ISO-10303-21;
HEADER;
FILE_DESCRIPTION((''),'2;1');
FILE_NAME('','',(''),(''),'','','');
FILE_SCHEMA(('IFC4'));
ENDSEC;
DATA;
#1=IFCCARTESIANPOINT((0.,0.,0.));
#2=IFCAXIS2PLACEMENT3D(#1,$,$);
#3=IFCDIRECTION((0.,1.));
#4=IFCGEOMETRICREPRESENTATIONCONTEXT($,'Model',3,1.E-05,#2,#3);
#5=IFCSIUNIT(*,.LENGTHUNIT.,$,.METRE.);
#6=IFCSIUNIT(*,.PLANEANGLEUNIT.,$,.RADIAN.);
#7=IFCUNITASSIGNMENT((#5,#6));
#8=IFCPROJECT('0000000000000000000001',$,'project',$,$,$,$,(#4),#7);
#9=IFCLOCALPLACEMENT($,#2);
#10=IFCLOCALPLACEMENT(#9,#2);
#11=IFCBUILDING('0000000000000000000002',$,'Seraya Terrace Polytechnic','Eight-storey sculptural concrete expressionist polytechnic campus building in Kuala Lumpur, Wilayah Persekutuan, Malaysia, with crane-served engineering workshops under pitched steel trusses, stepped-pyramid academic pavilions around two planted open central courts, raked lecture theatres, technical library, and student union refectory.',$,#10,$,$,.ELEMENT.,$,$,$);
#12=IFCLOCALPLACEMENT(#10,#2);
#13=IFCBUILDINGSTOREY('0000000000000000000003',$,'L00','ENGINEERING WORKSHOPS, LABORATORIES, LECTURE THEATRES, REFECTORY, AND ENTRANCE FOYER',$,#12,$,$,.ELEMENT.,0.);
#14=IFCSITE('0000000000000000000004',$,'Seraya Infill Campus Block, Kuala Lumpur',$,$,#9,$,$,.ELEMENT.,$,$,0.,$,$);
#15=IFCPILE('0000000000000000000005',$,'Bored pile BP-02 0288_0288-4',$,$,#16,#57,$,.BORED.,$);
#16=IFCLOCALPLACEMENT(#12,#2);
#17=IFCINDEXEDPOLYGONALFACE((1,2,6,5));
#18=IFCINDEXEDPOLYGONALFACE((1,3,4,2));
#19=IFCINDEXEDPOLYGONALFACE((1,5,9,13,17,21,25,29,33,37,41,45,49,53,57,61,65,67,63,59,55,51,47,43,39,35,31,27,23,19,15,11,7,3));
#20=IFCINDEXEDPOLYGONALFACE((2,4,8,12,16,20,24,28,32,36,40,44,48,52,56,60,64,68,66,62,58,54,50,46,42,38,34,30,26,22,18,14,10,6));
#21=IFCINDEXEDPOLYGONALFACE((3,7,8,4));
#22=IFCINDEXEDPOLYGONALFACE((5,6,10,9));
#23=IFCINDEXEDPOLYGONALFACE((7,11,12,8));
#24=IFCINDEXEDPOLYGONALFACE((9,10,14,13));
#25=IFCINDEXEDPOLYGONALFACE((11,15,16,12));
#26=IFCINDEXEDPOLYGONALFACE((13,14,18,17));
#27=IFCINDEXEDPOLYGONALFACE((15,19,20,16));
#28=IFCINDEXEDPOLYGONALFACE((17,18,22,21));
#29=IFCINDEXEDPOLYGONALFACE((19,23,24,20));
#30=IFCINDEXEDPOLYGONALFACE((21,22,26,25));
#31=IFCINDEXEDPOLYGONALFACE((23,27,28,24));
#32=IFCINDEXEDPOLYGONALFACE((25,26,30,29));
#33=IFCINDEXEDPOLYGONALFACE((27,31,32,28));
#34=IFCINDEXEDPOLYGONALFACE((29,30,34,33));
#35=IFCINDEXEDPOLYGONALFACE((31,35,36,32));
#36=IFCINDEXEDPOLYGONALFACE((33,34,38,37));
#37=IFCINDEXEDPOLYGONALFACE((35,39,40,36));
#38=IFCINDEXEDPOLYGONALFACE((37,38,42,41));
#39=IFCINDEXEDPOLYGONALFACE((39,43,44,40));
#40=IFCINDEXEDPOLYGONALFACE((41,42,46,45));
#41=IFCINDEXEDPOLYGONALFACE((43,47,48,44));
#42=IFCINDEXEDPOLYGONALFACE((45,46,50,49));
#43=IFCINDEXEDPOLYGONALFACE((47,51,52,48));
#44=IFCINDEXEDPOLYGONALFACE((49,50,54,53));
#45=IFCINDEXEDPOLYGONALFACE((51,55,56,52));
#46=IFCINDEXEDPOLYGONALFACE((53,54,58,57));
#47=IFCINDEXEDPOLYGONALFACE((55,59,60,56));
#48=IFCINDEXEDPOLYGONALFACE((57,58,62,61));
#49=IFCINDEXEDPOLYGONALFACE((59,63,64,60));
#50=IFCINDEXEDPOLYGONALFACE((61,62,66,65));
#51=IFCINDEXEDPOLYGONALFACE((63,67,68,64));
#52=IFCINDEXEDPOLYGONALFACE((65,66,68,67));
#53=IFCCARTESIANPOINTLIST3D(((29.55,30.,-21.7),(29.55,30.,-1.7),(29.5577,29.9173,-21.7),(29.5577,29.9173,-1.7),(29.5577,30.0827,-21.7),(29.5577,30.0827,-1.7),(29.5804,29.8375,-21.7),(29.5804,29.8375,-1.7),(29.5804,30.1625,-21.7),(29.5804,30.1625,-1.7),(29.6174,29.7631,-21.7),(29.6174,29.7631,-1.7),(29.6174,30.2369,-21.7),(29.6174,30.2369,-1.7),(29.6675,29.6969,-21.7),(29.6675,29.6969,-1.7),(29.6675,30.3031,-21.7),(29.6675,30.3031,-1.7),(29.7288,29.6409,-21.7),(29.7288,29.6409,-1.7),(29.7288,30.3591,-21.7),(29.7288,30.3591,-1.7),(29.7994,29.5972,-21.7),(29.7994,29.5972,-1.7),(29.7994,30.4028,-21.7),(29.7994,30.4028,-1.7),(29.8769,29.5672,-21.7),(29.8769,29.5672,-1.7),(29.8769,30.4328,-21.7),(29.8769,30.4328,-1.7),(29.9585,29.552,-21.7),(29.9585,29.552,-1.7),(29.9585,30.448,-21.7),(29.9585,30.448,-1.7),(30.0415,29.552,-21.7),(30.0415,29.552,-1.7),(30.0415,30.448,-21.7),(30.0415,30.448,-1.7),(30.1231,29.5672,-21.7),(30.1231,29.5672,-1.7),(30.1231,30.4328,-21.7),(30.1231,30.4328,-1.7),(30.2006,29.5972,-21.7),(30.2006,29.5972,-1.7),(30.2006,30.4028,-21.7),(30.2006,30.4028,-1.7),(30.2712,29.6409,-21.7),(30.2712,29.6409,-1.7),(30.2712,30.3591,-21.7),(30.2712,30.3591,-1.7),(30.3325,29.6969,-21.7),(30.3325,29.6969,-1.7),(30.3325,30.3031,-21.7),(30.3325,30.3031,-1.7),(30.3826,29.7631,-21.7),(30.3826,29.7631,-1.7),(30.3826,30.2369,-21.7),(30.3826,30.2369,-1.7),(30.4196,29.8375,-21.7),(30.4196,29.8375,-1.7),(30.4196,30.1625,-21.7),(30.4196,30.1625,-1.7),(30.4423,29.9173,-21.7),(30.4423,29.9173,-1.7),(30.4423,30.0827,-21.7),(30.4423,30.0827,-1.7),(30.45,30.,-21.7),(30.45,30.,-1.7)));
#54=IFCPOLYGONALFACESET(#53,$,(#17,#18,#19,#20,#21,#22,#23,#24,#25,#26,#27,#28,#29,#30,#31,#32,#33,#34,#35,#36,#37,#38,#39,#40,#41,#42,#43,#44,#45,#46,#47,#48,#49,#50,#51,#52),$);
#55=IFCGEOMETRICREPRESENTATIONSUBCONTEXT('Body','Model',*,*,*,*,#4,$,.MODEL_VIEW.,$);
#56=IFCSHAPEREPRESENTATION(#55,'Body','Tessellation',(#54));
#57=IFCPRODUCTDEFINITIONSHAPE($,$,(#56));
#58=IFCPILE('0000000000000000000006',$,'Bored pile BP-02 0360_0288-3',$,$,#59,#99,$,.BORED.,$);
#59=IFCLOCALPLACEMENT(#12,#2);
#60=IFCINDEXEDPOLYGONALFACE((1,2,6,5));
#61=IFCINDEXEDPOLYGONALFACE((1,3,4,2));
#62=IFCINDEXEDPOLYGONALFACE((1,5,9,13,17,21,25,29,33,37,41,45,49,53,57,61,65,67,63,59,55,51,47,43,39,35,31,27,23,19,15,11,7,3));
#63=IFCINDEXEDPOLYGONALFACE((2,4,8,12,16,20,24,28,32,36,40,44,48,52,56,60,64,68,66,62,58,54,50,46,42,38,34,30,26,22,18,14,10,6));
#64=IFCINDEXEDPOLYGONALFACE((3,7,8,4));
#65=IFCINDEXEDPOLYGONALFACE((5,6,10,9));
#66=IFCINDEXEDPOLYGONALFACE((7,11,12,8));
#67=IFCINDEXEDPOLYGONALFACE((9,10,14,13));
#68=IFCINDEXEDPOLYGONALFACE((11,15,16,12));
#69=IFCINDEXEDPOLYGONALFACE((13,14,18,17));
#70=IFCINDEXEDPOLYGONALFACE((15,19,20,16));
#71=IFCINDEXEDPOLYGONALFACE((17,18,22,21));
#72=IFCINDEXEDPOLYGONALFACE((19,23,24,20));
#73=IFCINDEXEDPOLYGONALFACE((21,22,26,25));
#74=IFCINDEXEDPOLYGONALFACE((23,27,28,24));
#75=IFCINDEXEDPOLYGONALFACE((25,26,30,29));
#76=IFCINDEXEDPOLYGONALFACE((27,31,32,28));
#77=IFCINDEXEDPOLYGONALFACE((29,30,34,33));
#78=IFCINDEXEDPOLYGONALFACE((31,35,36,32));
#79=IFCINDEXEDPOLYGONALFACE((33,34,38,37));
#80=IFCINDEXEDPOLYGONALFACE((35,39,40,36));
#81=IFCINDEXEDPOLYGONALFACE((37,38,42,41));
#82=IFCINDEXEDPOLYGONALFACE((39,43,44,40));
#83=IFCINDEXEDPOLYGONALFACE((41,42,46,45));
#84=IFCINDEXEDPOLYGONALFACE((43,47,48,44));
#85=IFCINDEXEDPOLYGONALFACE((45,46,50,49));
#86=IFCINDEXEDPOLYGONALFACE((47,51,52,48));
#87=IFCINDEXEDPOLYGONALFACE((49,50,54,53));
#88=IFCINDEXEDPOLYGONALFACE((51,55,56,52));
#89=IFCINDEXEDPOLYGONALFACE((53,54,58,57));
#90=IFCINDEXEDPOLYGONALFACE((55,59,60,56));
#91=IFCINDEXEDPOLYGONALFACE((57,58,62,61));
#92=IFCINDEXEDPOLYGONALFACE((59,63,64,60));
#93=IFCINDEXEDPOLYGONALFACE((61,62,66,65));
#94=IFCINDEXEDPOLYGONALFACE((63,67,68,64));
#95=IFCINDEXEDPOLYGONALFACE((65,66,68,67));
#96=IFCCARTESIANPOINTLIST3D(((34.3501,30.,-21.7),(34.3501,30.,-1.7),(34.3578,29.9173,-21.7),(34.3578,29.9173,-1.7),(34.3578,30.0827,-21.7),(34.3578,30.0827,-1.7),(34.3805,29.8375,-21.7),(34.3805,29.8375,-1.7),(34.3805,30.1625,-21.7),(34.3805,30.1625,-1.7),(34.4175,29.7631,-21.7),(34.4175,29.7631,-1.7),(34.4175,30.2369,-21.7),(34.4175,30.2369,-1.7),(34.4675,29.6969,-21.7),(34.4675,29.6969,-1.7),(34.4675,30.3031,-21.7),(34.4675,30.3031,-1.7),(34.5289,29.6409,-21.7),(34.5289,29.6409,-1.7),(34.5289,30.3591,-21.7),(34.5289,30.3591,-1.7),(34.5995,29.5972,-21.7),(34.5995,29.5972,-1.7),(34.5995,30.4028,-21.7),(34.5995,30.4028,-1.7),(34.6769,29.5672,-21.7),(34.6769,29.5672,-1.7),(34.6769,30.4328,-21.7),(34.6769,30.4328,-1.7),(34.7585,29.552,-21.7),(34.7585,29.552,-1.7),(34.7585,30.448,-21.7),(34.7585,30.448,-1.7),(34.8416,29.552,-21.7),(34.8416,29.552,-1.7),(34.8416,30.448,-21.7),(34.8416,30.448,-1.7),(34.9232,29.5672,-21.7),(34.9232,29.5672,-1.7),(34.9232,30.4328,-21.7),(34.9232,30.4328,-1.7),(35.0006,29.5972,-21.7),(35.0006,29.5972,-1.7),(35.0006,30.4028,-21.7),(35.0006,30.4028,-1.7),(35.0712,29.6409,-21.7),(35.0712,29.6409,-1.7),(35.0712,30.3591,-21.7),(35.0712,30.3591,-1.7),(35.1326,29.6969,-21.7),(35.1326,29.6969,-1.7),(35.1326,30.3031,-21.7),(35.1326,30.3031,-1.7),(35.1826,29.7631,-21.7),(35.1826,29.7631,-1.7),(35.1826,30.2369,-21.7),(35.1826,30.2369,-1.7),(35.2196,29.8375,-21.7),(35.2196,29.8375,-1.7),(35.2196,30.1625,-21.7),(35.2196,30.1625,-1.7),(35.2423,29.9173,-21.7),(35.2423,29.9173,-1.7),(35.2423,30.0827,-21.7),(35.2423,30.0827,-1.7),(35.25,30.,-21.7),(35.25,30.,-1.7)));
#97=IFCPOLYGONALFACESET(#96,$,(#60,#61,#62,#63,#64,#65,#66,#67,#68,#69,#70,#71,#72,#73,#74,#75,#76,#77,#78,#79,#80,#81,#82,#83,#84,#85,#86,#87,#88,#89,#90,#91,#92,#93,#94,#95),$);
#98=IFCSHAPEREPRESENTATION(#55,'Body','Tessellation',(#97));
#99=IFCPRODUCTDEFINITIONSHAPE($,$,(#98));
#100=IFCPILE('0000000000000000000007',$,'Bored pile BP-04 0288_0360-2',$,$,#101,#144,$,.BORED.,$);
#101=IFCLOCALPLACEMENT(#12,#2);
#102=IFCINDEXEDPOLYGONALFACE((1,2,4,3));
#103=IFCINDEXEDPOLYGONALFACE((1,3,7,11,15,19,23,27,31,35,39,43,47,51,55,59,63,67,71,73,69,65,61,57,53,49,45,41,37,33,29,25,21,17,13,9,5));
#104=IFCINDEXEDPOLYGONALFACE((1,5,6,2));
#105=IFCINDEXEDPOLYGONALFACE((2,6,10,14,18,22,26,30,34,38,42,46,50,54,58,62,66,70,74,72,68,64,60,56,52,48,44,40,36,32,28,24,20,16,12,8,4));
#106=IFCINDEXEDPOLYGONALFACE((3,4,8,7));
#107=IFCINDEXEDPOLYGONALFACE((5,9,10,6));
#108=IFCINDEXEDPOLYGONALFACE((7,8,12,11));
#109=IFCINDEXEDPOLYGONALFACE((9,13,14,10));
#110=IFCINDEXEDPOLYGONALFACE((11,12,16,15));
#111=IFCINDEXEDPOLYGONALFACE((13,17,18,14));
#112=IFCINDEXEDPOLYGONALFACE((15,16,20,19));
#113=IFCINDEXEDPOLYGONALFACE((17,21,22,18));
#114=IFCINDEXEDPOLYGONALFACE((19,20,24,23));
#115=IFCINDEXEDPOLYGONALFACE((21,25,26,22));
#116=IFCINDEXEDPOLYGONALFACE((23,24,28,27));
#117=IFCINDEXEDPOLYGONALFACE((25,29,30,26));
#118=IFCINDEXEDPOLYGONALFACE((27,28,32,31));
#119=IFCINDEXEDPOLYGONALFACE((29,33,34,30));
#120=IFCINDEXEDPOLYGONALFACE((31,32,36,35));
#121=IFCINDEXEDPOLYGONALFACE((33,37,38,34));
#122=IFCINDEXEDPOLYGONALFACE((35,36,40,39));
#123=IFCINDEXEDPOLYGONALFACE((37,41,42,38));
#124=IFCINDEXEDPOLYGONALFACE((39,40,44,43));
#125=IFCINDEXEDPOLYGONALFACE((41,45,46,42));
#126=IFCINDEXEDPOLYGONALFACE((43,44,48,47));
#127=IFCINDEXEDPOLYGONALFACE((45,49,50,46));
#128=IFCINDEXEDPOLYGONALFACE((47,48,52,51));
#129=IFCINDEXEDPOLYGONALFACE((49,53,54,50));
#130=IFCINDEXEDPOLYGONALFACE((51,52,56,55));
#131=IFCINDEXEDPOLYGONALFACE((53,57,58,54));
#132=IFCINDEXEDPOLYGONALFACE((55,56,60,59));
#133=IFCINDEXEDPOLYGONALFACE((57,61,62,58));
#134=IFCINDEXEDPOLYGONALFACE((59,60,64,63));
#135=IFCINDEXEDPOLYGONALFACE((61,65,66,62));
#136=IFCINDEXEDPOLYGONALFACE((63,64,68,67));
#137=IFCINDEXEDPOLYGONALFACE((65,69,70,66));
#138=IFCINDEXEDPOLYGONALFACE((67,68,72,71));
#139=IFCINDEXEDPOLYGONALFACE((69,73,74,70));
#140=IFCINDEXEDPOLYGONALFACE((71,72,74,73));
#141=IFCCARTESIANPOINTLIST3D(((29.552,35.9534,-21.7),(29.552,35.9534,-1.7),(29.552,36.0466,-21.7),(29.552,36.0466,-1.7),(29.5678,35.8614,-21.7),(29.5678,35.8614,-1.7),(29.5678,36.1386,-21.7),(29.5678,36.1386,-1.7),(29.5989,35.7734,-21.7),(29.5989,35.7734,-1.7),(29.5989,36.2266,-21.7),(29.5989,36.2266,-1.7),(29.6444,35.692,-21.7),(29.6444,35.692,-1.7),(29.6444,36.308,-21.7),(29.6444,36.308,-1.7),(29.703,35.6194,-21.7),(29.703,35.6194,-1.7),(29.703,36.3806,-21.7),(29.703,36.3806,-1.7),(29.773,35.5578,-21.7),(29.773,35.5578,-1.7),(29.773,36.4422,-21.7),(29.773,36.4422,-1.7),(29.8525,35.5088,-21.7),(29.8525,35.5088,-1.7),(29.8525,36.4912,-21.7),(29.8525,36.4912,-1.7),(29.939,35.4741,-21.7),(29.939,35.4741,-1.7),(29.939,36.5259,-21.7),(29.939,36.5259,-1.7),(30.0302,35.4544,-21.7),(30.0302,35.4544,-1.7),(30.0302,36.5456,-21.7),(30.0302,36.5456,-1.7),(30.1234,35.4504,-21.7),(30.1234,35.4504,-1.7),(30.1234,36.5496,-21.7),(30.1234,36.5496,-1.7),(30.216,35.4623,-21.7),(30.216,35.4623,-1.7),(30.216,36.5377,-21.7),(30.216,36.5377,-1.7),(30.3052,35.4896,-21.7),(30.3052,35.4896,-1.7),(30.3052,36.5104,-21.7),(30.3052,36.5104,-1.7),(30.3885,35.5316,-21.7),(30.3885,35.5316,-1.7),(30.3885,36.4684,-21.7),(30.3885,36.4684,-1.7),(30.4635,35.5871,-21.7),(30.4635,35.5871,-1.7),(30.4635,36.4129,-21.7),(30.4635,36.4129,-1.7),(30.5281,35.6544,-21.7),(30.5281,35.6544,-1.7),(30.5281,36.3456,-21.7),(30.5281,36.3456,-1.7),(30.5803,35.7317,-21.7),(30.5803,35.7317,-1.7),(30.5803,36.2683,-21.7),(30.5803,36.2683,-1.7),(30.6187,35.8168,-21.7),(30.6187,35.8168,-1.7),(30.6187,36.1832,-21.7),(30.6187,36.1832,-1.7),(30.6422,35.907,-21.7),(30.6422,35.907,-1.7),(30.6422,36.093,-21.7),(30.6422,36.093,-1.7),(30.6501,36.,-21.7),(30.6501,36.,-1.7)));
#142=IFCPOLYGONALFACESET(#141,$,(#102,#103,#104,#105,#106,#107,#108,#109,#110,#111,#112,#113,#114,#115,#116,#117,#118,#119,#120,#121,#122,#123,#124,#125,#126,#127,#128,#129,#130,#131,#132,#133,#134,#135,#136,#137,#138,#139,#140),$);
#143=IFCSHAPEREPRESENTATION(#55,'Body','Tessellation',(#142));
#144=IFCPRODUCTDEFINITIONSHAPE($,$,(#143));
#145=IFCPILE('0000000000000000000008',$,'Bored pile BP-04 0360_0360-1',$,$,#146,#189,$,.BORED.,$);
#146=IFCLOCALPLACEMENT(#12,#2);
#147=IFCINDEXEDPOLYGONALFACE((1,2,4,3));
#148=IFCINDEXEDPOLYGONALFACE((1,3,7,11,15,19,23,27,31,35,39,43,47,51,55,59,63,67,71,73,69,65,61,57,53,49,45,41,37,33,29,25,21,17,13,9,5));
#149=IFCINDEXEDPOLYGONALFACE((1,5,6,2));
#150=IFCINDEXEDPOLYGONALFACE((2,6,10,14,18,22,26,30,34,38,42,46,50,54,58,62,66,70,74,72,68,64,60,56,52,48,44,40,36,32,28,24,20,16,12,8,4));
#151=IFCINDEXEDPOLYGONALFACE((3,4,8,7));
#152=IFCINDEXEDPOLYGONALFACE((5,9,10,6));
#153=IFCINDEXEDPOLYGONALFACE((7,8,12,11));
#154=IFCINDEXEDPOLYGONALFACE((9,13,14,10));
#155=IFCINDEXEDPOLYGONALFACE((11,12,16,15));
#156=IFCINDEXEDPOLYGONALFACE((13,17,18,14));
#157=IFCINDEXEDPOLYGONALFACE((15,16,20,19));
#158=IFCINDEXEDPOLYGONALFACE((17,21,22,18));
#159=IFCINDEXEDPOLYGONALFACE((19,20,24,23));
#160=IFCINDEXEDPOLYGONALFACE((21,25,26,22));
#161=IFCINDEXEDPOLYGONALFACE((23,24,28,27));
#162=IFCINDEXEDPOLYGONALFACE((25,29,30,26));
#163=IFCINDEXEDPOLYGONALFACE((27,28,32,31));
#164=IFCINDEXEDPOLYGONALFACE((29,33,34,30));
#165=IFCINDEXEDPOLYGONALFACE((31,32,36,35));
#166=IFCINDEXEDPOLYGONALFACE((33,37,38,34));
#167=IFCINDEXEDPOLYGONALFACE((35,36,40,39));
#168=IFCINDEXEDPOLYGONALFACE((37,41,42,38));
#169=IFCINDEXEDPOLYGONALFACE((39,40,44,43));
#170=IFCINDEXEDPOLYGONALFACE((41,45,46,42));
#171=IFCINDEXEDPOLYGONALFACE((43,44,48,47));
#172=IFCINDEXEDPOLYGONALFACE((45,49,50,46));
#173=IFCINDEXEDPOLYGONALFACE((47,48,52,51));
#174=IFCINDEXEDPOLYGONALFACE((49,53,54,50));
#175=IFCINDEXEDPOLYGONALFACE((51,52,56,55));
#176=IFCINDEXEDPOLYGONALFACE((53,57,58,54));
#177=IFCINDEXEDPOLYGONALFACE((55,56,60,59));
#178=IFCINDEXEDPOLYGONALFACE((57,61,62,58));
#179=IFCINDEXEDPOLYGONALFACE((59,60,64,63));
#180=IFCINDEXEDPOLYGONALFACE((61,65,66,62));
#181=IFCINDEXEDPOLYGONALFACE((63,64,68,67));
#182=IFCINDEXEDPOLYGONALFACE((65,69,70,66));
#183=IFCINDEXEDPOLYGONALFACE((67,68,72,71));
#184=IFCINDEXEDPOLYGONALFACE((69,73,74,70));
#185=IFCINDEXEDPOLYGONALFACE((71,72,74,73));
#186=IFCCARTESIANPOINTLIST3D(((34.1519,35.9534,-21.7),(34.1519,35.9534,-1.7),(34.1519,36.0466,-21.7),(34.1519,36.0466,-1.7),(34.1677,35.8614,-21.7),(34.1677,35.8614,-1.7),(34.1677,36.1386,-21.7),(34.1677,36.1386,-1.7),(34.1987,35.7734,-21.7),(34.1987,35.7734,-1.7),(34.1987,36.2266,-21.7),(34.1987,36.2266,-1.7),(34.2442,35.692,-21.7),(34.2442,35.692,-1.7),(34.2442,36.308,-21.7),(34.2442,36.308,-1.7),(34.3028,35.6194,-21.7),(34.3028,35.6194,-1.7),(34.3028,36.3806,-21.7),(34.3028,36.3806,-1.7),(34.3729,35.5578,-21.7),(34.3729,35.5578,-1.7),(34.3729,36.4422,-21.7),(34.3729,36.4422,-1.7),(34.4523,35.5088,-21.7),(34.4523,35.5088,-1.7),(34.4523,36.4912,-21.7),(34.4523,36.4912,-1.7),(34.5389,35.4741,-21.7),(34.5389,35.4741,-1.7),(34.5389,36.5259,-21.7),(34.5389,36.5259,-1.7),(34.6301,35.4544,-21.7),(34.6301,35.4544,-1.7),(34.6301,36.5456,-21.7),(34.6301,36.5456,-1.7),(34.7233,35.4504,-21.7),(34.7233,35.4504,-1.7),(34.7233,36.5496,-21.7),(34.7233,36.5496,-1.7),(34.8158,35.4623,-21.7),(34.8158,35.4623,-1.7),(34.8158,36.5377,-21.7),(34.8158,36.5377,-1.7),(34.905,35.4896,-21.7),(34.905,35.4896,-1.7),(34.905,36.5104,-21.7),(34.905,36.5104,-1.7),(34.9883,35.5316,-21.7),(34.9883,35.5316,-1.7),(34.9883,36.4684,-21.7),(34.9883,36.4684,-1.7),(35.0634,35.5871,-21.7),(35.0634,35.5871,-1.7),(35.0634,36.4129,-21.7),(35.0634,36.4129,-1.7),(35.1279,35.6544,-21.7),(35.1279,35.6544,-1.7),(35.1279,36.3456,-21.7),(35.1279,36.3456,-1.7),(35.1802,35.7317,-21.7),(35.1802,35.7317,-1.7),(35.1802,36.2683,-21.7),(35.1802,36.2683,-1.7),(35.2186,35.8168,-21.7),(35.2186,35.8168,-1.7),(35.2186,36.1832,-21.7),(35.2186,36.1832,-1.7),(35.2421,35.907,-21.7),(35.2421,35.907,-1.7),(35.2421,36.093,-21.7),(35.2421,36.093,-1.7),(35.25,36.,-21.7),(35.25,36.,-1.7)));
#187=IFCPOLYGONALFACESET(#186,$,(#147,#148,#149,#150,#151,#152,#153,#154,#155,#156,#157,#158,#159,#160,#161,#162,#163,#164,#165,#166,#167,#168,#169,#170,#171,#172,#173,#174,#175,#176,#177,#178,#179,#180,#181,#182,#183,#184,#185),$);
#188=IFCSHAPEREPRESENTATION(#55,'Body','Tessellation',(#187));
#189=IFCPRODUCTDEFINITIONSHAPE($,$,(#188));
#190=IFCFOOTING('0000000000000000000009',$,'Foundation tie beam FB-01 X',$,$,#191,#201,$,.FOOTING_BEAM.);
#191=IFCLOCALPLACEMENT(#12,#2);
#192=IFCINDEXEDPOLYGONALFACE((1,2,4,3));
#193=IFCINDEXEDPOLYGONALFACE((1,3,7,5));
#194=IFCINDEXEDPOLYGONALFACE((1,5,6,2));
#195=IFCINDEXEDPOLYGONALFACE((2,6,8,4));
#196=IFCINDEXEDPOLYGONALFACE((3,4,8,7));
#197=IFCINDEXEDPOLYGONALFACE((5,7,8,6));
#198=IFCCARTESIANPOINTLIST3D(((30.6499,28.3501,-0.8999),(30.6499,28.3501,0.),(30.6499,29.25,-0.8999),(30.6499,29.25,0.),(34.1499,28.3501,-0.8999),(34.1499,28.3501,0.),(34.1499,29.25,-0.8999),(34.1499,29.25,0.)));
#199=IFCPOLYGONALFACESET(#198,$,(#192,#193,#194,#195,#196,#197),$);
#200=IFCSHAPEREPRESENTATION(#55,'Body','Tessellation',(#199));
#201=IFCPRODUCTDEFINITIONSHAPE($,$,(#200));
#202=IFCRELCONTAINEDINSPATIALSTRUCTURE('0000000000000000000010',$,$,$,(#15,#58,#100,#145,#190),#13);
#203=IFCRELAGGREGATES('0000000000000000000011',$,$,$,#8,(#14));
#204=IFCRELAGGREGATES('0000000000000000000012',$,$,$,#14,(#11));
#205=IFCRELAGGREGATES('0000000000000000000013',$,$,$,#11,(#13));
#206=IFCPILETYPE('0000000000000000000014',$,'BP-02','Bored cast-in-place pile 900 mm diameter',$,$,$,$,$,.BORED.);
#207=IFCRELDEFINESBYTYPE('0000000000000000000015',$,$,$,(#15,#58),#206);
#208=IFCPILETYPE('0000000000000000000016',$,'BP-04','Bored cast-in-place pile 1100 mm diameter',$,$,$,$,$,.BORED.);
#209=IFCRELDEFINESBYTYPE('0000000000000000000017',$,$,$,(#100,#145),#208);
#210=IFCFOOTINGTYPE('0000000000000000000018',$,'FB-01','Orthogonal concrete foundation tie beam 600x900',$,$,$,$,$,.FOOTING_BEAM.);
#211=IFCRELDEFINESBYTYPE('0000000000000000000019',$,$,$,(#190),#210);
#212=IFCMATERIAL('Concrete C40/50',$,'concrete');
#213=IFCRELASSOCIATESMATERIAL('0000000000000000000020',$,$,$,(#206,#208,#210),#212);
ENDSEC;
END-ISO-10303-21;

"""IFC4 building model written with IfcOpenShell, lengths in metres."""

from ifc_helpers import new_model, si_unit, direction, frame, origin, origin_2d, place, context, subcontext, project, spatial, rectangle, circle, extrude, material, material_profile, profile_set, type_object, element, save


model = new_model("IFC4")

# Units and contexts
model_context = context("Model", 3, precision=1e-05, world=origin(), true_north=direction((0.0, 1.0)))
body_context = subcontext(model_context, "Body", "Model", "MODEL_VIEW")
ifc_project = project(units=[si_unit("LENGTHUNIT", "METRE"), si_unit("PLANEANGLEUNIT", "RADIAN")], contexts=[model_context])

# Site, building, storey
site_placement = place(None, origin())
site = spatial("IfcSite", under=ifc_project, at=site_placement, Name="Seraya Infill Campus Block, Kuala Lumpur", CompositionType="ELEMENT", RefElevation=0.0)
building_placement = place(site_placement, origin())
building = spatial("IfcBuilding", under=site, at=building_placement, Name="Seraya Terrace Polytechnic", Description="Eight-storey sculptural concrete expressionist polytechnic campus building in Kuala Lumpur, Wilayah Persekutuan, Malaysia, with crane-served engineering workshops under pitched steel trusses, stepped-pyramid academic pavilions around two planted open central courts, raked lecture theatres, technical library, and student union refectory.", CompositionType="ELEMENT")
storey_placement = place(building_placement, origin())
storey = spatial("IfcBuildingStorey", under=building, at=storey_placement, Name="L00", Description="ENGINEERING WORKSHOPS, LABORATORIES, LECTURE THEATRES, REFECTORY, AND ENTRANCE FOYER", CompositionType="ELEMENT", Elevation=0.0)

# Piles
ifc_material_1 = material(Name="Concrete C40/50", Category="concrete")
ifc_material_profile_1 = material_profile(ifc_material_1, circle(Radius=0.45, at=origin_2d()), Name="DIA 900")
ifc_profile_set_1 = profile_set([ifc_material_profile_1], Name="Concrete C40/50")
pile_type_1 = type_object("IfcPileType", Name="BP-02", Description="Bored cast-in-place pile 900 mm diameter", PredefinedType="BORED", material=ifc_profile_set_1)
for number, where, z_axis, x_axis, name in (
    (1, (30.0, 30.0, -1.7), (0.0, 0.0, -1.0), (1.0, 0.0, 0.0), "Bored pile BP-02 0288_0288-4"),
    (2, (34.8, 30.0, -1.7), (0.0, 0.0, -1.0), (1.0, 0.0, 0.0), "Bored pile BP-02 0360_0288-3"),
):
    element("IfcPile", number, at=place(storey_placement, frame(where, z_axis=z_axis, x_axis=x_axis)), inside=storey, type_object=pile_type_1, Name=name, PredefinedType="BORED", context=body_context, shape_type="SweptSolid", body=[
        extrude(circle(Radius=0.45, at=origin_2d()), origin(), (0.0, 0.0, 1.0), 20.0),
    ])
ifc_material_profile_2 = material_profile(ifc_material_1, circle(Radius=0.55, at=origin_2d()), Name="DIA 1100")
ifc_profile_set_2 = profile_set([ifc_material_profile_2], Name="Concrete C40/50")
pile_type_2 = type_object("IfcPileType", Name="BP-04", Description="Bored cast-in-place pile 1100 mm diameter", PredefinedType="BORED", material=ifc_profile_set_2)
for number, where, z_axis, x_axis, name in (
    (3, (30.1001, 36.0, -1.7), (0.0, 0.0, -1.0), (1.0, 0.0, 0.0), "Bored pile BP-04 0288_0360-2"),
    (4, (34.7, 36.0, -1.7), (0.0, 0.0, -1.0), (1.0, 0.0, 0.0), "Bored pile BP-04 0360_0360-1"),
):
    element("IfcPile", number, at=place(storey_placement, frame(where, z_axis=z_axis, x_axis=x_axis)), inside=storey, type_object=pile_type_2, Name=name, PredefinedType="BORED", context=body_context, shape_type="SweptSolid", body=[
        extrude(circle(Radius=0.55, at=origin_2d()), origin(), (0.0, 0.0, 1.0), 20.0),
    ])

# Footing
footing_type_1 = type_object("IfcFootingType", Name="FB-01", Description="Orthogonal concrete foundation tie beam 600x900", PredefinedType="FOOTING_BEAM", material=ifc_material_1)
footing_1_placement = place(storey_placement, frame((32.3999, 28.8, -0.8999), z_axis=(0.0, 0.0, 1.0), x_axis=(1.0, 0.0, 0.0)))
element("IfcFooting", 5, at=footing_1_placement, inside=storey, type_object=footing_type_1, Name="Foundation tie beam FB-01 X", PredefinedType="FOOTING_BEAM", context=body_context, shape_type="SweptSolid", body=[
    extrude(rectangle(XDim=3.5, YDim=0.8999, at=origin_2d()), origin(), (0.0, 0.0, 1.0), 0.8999),
])

save(model, "model.ifc")
